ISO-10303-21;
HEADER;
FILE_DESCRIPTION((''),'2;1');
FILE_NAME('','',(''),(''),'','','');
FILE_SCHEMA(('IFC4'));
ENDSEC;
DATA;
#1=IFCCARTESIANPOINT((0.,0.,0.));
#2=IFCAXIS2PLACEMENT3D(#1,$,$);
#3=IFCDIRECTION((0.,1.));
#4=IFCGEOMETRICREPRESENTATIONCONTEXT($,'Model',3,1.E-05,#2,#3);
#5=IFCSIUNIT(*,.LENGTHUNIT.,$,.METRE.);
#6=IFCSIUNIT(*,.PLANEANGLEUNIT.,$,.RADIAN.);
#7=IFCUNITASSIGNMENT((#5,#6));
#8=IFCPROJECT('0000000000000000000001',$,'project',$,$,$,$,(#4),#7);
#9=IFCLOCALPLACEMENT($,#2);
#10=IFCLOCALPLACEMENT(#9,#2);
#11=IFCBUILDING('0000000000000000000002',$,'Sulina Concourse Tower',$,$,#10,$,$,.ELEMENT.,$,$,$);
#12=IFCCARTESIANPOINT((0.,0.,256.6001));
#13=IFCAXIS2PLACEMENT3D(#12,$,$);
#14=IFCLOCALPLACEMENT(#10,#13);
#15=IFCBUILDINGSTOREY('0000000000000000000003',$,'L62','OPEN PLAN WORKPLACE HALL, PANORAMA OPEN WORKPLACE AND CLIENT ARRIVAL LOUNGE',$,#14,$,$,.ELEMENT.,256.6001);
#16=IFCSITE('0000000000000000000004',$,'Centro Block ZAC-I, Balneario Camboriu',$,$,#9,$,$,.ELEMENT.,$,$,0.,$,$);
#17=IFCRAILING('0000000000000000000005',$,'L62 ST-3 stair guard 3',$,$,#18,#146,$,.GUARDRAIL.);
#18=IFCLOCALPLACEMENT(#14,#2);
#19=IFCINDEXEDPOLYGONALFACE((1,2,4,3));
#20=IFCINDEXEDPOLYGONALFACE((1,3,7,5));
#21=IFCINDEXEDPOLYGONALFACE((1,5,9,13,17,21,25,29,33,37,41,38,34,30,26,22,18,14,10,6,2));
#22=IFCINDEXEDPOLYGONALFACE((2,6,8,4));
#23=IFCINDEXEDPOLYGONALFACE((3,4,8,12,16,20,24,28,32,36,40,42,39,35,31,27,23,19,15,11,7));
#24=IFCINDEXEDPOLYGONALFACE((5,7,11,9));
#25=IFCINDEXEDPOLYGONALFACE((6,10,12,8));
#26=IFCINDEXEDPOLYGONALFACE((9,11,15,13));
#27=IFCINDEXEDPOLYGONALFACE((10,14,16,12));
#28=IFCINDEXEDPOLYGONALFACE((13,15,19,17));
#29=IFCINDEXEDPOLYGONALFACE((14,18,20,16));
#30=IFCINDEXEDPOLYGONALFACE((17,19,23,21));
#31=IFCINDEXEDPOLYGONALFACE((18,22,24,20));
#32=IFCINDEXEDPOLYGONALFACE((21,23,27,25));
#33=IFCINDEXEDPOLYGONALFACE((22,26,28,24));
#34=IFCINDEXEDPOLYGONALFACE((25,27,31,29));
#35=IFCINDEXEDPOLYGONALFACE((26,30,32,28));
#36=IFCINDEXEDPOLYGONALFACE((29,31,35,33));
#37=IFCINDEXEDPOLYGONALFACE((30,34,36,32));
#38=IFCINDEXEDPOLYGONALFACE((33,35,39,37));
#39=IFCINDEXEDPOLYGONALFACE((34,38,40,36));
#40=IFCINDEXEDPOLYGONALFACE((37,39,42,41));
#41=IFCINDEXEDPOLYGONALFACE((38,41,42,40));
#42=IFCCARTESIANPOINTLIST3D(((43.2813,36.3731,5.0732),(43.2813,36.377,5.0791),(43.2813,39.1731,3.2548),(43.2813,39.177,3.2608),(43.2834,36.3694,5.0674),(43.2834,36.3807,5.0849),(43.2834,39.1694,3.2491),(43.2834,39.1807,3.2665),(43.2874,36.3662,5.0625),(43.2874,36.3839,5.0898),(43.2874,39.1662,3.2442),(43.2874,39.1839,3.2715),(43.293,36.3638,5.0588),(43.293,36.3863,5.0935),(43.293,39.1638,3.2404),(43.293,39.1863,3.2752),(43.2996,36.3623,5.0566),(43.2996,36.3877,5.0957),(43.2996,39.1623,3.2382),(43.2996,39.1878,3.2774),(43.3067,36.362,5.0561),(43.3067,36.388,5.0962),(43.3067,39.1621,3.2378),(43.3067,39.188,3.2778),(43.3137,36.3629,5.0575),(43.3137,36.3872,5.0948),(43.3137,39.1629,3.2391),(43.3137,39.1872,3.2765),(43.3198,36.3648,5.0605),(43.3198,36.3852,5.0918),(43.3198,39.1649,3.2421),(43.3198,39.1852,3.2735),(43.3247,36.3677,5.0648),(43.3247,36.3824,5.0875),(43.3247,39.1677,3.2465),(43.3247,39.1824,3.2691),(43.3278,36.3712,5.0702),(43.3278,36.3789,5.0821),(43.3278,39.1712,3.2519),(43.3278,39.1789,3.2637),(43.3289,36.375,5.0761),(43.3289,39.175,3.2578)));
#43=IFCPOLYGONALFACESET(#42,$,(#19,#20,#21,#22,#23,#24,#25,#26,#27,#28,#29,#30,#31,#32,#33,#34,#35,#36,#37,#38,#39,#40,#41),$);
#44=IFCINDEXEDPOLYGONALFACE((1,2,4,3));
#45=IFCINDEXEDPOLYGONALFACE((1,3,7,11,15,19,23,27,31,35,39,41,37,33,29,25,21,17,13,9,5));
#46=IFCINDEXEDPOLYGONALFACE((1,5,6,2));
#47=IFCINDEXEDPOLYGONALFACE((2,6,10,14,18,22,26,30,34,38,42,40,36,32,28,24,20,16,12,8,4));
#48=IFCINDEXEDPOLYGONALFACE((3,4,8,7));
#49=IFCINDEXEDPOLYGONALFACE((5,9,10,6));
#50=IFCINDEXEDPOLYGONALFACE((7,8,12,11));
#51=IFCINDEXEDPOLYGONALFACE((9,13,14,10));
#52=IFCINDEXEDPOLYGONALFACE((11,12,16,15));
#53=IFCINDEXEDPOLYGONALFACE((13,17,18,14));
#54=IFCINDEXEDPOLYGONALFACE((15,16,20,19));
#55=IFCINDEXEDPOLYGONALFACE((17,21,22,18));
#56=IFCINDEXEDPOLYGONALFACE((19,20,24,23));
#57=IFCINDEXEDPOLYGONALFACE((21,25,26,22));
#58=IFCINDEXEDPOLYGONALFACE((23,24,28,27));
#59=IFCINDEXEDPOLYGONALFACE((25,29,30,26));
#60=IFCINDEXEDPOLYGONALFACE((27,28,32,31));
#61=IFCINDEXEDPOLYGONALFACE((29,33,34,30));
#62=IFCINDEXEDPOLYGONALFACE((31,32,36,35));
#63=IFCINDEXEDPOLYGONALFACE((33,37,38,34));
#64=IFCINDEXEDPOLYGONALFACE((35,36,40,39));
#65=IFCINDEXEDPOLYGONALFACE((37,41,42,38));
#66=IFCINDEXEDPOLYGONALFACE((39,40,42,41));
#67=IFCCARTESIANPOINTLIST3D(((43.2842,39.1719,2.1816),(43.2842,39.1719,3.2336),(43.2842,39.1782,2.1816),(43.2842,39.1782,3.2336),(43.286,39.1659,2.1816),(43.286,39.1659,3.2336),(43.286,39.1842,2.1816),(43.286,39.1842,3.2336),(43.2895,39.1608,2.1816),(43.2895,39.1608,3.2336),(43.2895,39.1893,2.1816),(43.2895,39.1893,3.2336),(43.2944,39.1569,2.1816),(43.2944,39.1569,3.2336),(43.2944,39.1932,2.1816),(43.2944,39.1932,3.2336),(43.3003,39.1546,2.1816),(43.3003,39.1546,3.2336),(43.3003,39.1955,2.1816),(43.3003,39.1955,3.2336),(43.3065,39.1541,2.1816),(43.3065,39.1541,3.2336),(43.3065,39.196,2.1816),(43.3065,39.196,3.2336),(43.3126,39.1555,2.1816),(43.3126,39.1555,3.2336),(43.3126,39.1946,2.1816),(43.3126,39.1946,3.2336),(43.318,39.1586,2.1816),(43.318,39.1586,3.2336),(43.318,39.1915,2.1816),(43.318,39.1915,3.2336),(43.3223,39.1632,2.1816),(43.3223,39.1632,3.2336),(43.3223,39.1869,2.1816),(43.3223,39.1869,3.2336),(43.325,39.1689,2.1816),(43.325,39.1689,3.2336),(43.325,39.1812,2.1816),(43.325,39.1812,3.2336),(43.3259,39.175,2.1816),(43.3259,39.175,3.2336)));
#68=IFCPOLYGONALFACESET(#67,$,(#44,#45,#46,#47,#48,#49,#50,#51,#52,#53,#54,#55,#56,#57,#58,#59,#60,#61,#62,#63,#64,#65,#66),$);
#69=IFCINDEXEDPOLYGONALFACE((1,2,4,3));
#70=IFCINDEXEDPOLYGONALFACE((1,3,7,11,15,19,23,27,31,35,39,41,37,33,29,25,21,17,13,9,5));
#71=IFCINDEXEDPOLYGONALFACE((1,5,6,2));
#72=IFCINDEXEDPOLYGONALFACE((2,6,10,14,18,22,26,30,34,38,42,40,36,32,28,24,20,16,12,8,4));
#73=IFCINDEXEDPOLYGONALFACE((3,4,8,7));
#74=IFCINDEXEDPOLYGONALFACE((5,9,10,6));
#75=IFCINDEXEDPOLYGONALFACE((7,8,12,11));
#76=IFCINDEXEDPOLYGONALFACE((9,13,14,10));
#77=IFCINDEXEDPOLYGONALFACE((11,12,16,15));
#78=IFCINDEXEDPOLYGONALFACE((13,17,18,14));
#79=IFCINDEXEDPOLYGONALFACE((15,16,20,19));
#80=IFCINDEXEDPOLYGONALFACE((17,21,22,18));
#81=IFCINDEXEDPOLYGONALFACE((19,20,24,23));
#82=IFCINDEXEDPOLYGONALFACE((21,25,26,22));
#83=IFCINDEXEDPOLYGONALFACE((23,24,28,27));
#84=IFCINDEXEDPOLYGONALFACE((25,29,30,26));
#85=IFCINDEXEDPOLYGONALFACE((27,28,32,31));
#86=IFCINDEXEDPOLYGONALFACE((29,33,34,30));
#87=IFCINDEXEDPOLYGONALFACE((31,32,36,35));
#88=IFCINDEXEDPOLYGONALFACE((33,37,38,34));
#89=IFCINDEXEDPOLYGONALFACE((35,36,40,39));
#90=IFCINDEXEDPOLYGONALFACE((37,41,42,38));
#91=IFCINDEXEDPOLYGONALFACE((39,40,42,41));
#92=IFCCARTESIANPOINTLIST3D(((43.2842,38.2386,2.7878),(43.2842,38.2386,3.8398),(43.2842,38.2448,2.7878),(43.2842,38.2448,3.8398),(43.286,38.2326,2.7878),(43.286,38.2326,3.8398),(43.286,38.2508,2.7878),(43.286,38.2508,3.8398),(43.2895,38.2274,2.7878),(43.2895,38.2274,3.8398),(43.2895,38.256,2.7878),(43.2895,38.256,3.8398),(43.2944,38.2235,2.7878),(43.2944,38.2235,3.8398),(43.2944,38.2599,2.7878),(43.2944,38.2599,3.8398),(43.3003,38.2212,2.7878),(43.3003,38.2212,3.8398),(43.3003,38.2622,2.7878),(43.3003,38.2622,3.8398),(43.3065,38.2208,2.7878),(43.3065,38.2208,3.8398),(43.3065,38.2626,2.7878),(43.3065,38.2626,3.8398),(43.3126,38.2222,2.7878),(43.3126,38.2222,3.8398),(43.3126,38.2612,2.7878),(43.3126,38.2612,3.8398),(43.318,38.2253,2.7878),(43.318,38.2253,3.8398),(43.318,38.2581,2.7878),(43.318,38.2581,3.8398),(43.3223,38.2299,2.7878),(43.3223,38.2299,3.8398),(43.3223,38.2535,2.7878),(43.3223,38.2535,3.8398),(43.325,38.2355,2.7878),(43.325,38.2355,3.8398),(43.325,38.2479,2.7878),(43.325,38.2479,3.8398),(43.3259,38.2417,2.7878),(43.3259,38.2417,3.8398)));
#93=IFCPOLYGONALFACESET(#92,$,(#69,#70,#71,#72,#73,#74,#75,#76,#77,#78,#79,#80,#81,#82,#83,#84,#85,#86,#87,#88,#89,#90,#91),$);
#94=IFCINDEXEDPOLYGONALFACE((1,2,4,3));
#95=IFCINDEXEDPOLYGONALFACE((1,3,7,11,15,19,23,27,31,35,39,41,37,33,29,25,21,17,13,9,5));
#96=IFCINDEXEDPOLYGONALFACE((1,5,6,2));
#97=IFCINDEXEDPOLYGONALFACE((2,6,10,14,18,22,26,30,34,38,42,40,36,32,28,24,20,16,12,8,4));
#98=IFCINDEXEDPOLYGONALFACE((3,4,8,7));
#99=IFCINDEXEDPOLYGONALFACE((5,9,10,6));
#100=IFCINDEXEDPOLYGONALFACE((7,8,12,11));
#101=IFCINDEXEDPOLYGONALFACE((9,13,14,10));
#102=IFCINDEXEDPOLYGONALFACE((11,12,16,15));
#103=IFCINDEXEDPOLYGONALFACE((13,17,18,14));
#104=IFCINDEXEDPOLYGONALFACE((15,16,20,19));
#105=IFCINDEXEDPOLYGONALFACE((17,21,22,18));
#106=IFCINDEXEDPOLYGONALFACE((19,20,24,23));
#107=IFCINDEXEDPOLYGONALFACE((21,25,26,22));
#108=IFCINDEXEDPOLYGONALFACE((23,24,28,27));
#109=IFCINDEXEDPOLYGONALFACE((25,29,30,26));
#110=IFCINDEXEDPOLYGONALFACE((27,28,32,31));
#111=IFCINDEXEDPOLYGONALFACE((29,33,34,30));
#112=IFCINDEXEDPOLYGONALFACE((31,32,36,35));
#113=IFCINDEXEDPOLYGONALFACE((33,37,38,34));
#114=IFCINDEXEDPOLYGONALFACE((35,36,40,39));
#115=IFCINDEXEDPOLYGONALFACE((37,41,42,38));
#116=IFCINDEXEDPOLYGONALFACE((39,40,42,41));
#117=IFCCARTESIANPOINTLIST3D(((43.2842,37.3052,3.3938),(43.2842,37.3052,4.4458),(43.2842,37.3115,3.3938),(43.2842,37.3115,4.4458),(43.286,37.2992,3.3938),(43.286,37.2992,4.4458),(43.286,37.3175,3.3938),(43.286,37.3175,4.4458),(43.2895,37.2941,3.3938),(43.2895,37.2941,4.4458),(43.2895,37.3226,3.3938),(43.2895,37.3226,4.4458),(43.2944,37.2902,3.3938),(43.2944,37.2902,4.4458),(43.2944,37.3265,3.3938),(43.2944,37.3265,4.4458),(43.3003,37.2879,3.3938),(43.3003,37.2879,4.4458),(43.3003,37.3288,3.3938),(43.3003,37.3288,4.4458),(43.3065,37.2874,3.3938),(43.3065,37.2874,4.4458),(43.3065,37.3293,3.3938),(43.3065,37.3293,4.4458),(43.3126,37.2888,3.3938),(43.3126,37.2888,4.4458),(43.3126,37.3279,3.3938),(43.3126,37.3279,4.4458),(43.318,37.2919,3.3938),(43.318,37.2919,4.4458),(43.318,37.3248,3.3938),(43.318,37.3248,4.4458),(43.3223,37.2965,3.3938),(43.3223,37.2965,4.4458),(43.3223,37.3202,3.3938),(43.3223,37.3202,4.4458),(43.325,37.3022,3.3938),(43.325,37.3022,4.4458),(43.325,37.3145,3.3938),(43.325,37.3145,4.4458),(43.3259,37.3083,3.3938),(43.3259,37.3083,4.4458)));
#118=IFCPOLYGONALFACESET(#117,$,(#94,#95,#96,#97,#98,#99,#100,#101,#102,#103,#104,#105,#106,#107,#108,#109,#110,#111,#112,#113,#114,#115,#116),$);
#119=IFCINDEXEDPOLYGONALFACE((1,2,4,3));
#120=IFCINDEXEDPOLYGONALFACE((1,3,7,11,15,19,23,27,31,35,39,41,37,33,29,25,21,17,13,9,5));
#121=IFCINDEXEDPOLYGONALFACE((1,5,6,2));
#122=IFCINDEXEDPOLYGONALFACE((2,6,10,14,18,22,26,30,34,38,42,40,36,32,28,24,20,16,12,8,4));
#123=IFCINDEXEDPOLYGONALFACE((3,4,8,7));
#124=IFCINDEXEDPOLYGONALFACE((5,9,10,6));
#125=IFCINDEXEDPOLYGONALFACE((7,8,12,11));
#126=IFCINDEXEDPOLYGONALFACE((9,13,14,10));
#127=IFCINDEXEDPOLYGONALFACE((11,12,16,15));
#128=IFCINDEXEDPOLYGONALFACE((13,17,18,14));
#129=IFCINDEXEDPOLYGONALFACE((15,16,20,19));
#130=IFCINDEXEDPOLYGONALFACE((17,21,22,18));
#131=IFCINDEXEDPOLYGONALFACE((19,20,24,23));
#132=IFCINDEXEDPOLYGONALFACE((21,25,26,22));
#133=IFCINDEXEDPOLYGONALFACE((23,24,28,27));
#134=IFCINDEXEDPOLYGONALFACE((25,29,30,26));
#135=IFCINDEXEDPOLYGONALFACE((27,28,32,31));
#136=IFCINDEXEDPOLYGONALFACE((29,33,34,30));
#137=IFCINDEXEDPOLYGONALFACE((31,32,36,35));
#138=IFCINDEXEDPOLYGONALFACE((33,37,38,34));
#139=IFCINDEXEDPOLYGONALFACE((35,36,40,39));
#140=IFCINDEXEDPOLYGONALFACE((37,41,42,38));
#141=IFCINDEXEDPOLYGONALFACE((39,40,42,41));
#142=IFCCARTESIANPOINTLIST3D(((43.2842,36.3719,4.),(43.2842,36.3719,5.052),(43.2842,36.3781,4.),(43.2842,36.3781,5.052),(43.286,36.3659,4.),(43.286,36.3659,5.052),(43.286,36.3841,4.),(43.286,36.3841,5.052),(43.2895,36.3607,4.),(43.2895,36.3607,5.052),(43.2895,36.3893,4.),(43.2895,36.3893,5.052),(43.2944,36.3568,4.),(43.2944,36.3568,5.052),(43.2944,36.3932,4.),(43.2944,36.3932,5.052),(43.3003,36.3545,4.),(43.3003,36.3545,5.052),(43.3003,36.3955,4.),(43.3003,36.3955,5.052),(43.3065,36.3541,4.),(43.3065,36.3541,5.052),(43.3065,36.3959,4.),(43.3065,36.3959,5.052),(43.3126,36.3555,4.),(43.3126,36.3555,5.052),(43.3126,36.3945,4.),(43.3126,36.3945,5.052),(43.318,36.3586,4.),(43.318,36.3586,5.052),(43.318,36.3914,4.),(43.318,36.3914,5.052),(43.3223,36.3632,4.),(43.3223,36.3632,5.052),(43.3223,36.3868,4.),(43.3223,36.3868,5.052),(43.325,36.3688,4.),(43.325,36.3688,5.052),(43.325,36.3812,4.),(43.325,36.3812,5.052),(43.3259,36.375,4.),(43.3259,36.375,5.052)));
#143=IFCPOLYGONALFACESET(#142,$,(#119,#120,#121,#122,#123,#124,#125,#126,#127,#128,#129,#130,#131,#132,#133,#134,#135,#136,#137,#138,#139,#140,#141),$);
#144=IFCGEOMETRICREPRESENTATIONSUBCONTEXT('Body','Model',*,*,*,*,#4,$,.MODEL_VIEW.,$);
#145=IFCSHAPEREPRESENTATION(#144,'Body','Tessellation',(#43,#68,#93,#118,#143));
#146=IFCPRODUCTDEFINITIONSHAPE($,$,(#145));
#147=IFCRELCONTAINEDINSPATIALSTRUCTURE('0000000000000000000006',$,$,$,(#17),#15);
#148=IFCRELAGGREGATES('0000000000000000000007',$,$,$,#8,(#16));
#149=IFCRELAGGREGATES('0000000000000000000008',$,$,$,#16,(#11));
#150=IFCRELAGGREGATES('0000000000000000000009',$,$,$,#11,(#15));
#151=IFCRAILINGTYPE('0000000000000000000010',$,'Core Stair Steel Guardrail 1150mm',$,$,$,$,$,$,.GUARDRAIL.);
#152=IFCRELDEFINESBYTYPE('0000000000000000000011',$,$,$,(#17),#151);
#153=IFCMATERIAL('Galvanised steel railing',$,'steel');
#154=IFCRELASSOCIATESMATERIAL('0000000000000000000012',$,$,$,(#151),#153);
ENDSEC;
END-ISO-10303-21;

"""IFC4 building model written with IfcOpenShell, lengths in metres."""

from ifc_helpers import new_model, si_unit, direction, frame, origin, origin_2d, place, context, subcontext, project, spatial, circle, extrude, material, type_object, element, save


model = new_model("IFC4")

# Units and contexts
model_context = context("Model", 3, precision=1e-05, world=origin(), true_north=direction((0.0, 1.0)))
body_context = subcontext(model_context, "Body", "Model", "MODEL_VIEW")
ifc_project = project(units=[si_unit("LENGTHUNIT", "METRE"), si_unit("PLANEANGLEUNIT", "RADIAN")], contexts=[model_context])

# Site, building, storey
site_placement = place(None, origin())
site = spatial("IfcSite", under=ifc_project, at=site_placement, Name="Centro Block ZAC-I, Balneario Camboriu", CompositionType="ELEMENT", RefElevation=0.0)
building_placement = place(site_placement, origin())
building = spatial("IfcBuilding", under=site, at=building_placement, Name="Sulina Concourse Tower", CompositionType="ELEMENT")
storey_placement = place(building_placement, frame((0.0, 0.0, 256.6001)))
storey = spatial("IfcBuildingStorey", under=building, at=storey_placement, Name="L62", Description="OPEN PLAN WORKPLACE HALL, PANORAMA OPEN WORKPLACE AND CLIENT ARRIVAL LOUNGE", CompositionType="ELEMENT", Elevation=256.6001)

# Railing
ifc_material_1 = material(Name="Galvanised steel railing", Category="steel")
railing_type_1 = type_object("IfcRailingType", Name="Core Stair Steel Guardrail 1150mm", PredefinedType="GUARDRAIL", material=ifc_material_1)
railing_1_placement = place(storey_placement, frame((43.3049, 39.175, 2.1816)))
element("IfcRailing", 1, at=railing_1_placement, inside=storey, type_object=railing_type_1, Name="L62 ST-3 stair guard 3", PredefinedType="GUARDRAIL", context=body_context, shape_type="SweptSolid", body=[
    extrude(circle(Radius=0.0239, at=origin_2d()), frame((0.0, 0.0, 1.0762), z_axis=(0.0, -0.838672, 0.544636), x_axis=(1.0, 0.0, 0.0)), (0.0, 0.0, 1.0), 3.3386),
    extrude(circle(Radius=0.021, at=origin_2d()), origin(), (0.0, 0.0, 1.0), 1.052),
    extrude(circle(Radius=0.021, at=origin_2d()), frame((0.0, -0.9333, 0.6062)), (0.0, 0.0, 1.0), 1.052),
    extrude(circle(Radius=0.021, at=origin_2d()), frame((0.0, -1.8667, 1.2122)), (0.0, 0.0, 1.0), 1.052),
    extrude(circle(Radius=0.021, at=origin_2d()), frame((0.0, -2.8, 1.8184)), (0.0, 0.0, 1.0), 1.052),
])

save(model, "model.ifc")
